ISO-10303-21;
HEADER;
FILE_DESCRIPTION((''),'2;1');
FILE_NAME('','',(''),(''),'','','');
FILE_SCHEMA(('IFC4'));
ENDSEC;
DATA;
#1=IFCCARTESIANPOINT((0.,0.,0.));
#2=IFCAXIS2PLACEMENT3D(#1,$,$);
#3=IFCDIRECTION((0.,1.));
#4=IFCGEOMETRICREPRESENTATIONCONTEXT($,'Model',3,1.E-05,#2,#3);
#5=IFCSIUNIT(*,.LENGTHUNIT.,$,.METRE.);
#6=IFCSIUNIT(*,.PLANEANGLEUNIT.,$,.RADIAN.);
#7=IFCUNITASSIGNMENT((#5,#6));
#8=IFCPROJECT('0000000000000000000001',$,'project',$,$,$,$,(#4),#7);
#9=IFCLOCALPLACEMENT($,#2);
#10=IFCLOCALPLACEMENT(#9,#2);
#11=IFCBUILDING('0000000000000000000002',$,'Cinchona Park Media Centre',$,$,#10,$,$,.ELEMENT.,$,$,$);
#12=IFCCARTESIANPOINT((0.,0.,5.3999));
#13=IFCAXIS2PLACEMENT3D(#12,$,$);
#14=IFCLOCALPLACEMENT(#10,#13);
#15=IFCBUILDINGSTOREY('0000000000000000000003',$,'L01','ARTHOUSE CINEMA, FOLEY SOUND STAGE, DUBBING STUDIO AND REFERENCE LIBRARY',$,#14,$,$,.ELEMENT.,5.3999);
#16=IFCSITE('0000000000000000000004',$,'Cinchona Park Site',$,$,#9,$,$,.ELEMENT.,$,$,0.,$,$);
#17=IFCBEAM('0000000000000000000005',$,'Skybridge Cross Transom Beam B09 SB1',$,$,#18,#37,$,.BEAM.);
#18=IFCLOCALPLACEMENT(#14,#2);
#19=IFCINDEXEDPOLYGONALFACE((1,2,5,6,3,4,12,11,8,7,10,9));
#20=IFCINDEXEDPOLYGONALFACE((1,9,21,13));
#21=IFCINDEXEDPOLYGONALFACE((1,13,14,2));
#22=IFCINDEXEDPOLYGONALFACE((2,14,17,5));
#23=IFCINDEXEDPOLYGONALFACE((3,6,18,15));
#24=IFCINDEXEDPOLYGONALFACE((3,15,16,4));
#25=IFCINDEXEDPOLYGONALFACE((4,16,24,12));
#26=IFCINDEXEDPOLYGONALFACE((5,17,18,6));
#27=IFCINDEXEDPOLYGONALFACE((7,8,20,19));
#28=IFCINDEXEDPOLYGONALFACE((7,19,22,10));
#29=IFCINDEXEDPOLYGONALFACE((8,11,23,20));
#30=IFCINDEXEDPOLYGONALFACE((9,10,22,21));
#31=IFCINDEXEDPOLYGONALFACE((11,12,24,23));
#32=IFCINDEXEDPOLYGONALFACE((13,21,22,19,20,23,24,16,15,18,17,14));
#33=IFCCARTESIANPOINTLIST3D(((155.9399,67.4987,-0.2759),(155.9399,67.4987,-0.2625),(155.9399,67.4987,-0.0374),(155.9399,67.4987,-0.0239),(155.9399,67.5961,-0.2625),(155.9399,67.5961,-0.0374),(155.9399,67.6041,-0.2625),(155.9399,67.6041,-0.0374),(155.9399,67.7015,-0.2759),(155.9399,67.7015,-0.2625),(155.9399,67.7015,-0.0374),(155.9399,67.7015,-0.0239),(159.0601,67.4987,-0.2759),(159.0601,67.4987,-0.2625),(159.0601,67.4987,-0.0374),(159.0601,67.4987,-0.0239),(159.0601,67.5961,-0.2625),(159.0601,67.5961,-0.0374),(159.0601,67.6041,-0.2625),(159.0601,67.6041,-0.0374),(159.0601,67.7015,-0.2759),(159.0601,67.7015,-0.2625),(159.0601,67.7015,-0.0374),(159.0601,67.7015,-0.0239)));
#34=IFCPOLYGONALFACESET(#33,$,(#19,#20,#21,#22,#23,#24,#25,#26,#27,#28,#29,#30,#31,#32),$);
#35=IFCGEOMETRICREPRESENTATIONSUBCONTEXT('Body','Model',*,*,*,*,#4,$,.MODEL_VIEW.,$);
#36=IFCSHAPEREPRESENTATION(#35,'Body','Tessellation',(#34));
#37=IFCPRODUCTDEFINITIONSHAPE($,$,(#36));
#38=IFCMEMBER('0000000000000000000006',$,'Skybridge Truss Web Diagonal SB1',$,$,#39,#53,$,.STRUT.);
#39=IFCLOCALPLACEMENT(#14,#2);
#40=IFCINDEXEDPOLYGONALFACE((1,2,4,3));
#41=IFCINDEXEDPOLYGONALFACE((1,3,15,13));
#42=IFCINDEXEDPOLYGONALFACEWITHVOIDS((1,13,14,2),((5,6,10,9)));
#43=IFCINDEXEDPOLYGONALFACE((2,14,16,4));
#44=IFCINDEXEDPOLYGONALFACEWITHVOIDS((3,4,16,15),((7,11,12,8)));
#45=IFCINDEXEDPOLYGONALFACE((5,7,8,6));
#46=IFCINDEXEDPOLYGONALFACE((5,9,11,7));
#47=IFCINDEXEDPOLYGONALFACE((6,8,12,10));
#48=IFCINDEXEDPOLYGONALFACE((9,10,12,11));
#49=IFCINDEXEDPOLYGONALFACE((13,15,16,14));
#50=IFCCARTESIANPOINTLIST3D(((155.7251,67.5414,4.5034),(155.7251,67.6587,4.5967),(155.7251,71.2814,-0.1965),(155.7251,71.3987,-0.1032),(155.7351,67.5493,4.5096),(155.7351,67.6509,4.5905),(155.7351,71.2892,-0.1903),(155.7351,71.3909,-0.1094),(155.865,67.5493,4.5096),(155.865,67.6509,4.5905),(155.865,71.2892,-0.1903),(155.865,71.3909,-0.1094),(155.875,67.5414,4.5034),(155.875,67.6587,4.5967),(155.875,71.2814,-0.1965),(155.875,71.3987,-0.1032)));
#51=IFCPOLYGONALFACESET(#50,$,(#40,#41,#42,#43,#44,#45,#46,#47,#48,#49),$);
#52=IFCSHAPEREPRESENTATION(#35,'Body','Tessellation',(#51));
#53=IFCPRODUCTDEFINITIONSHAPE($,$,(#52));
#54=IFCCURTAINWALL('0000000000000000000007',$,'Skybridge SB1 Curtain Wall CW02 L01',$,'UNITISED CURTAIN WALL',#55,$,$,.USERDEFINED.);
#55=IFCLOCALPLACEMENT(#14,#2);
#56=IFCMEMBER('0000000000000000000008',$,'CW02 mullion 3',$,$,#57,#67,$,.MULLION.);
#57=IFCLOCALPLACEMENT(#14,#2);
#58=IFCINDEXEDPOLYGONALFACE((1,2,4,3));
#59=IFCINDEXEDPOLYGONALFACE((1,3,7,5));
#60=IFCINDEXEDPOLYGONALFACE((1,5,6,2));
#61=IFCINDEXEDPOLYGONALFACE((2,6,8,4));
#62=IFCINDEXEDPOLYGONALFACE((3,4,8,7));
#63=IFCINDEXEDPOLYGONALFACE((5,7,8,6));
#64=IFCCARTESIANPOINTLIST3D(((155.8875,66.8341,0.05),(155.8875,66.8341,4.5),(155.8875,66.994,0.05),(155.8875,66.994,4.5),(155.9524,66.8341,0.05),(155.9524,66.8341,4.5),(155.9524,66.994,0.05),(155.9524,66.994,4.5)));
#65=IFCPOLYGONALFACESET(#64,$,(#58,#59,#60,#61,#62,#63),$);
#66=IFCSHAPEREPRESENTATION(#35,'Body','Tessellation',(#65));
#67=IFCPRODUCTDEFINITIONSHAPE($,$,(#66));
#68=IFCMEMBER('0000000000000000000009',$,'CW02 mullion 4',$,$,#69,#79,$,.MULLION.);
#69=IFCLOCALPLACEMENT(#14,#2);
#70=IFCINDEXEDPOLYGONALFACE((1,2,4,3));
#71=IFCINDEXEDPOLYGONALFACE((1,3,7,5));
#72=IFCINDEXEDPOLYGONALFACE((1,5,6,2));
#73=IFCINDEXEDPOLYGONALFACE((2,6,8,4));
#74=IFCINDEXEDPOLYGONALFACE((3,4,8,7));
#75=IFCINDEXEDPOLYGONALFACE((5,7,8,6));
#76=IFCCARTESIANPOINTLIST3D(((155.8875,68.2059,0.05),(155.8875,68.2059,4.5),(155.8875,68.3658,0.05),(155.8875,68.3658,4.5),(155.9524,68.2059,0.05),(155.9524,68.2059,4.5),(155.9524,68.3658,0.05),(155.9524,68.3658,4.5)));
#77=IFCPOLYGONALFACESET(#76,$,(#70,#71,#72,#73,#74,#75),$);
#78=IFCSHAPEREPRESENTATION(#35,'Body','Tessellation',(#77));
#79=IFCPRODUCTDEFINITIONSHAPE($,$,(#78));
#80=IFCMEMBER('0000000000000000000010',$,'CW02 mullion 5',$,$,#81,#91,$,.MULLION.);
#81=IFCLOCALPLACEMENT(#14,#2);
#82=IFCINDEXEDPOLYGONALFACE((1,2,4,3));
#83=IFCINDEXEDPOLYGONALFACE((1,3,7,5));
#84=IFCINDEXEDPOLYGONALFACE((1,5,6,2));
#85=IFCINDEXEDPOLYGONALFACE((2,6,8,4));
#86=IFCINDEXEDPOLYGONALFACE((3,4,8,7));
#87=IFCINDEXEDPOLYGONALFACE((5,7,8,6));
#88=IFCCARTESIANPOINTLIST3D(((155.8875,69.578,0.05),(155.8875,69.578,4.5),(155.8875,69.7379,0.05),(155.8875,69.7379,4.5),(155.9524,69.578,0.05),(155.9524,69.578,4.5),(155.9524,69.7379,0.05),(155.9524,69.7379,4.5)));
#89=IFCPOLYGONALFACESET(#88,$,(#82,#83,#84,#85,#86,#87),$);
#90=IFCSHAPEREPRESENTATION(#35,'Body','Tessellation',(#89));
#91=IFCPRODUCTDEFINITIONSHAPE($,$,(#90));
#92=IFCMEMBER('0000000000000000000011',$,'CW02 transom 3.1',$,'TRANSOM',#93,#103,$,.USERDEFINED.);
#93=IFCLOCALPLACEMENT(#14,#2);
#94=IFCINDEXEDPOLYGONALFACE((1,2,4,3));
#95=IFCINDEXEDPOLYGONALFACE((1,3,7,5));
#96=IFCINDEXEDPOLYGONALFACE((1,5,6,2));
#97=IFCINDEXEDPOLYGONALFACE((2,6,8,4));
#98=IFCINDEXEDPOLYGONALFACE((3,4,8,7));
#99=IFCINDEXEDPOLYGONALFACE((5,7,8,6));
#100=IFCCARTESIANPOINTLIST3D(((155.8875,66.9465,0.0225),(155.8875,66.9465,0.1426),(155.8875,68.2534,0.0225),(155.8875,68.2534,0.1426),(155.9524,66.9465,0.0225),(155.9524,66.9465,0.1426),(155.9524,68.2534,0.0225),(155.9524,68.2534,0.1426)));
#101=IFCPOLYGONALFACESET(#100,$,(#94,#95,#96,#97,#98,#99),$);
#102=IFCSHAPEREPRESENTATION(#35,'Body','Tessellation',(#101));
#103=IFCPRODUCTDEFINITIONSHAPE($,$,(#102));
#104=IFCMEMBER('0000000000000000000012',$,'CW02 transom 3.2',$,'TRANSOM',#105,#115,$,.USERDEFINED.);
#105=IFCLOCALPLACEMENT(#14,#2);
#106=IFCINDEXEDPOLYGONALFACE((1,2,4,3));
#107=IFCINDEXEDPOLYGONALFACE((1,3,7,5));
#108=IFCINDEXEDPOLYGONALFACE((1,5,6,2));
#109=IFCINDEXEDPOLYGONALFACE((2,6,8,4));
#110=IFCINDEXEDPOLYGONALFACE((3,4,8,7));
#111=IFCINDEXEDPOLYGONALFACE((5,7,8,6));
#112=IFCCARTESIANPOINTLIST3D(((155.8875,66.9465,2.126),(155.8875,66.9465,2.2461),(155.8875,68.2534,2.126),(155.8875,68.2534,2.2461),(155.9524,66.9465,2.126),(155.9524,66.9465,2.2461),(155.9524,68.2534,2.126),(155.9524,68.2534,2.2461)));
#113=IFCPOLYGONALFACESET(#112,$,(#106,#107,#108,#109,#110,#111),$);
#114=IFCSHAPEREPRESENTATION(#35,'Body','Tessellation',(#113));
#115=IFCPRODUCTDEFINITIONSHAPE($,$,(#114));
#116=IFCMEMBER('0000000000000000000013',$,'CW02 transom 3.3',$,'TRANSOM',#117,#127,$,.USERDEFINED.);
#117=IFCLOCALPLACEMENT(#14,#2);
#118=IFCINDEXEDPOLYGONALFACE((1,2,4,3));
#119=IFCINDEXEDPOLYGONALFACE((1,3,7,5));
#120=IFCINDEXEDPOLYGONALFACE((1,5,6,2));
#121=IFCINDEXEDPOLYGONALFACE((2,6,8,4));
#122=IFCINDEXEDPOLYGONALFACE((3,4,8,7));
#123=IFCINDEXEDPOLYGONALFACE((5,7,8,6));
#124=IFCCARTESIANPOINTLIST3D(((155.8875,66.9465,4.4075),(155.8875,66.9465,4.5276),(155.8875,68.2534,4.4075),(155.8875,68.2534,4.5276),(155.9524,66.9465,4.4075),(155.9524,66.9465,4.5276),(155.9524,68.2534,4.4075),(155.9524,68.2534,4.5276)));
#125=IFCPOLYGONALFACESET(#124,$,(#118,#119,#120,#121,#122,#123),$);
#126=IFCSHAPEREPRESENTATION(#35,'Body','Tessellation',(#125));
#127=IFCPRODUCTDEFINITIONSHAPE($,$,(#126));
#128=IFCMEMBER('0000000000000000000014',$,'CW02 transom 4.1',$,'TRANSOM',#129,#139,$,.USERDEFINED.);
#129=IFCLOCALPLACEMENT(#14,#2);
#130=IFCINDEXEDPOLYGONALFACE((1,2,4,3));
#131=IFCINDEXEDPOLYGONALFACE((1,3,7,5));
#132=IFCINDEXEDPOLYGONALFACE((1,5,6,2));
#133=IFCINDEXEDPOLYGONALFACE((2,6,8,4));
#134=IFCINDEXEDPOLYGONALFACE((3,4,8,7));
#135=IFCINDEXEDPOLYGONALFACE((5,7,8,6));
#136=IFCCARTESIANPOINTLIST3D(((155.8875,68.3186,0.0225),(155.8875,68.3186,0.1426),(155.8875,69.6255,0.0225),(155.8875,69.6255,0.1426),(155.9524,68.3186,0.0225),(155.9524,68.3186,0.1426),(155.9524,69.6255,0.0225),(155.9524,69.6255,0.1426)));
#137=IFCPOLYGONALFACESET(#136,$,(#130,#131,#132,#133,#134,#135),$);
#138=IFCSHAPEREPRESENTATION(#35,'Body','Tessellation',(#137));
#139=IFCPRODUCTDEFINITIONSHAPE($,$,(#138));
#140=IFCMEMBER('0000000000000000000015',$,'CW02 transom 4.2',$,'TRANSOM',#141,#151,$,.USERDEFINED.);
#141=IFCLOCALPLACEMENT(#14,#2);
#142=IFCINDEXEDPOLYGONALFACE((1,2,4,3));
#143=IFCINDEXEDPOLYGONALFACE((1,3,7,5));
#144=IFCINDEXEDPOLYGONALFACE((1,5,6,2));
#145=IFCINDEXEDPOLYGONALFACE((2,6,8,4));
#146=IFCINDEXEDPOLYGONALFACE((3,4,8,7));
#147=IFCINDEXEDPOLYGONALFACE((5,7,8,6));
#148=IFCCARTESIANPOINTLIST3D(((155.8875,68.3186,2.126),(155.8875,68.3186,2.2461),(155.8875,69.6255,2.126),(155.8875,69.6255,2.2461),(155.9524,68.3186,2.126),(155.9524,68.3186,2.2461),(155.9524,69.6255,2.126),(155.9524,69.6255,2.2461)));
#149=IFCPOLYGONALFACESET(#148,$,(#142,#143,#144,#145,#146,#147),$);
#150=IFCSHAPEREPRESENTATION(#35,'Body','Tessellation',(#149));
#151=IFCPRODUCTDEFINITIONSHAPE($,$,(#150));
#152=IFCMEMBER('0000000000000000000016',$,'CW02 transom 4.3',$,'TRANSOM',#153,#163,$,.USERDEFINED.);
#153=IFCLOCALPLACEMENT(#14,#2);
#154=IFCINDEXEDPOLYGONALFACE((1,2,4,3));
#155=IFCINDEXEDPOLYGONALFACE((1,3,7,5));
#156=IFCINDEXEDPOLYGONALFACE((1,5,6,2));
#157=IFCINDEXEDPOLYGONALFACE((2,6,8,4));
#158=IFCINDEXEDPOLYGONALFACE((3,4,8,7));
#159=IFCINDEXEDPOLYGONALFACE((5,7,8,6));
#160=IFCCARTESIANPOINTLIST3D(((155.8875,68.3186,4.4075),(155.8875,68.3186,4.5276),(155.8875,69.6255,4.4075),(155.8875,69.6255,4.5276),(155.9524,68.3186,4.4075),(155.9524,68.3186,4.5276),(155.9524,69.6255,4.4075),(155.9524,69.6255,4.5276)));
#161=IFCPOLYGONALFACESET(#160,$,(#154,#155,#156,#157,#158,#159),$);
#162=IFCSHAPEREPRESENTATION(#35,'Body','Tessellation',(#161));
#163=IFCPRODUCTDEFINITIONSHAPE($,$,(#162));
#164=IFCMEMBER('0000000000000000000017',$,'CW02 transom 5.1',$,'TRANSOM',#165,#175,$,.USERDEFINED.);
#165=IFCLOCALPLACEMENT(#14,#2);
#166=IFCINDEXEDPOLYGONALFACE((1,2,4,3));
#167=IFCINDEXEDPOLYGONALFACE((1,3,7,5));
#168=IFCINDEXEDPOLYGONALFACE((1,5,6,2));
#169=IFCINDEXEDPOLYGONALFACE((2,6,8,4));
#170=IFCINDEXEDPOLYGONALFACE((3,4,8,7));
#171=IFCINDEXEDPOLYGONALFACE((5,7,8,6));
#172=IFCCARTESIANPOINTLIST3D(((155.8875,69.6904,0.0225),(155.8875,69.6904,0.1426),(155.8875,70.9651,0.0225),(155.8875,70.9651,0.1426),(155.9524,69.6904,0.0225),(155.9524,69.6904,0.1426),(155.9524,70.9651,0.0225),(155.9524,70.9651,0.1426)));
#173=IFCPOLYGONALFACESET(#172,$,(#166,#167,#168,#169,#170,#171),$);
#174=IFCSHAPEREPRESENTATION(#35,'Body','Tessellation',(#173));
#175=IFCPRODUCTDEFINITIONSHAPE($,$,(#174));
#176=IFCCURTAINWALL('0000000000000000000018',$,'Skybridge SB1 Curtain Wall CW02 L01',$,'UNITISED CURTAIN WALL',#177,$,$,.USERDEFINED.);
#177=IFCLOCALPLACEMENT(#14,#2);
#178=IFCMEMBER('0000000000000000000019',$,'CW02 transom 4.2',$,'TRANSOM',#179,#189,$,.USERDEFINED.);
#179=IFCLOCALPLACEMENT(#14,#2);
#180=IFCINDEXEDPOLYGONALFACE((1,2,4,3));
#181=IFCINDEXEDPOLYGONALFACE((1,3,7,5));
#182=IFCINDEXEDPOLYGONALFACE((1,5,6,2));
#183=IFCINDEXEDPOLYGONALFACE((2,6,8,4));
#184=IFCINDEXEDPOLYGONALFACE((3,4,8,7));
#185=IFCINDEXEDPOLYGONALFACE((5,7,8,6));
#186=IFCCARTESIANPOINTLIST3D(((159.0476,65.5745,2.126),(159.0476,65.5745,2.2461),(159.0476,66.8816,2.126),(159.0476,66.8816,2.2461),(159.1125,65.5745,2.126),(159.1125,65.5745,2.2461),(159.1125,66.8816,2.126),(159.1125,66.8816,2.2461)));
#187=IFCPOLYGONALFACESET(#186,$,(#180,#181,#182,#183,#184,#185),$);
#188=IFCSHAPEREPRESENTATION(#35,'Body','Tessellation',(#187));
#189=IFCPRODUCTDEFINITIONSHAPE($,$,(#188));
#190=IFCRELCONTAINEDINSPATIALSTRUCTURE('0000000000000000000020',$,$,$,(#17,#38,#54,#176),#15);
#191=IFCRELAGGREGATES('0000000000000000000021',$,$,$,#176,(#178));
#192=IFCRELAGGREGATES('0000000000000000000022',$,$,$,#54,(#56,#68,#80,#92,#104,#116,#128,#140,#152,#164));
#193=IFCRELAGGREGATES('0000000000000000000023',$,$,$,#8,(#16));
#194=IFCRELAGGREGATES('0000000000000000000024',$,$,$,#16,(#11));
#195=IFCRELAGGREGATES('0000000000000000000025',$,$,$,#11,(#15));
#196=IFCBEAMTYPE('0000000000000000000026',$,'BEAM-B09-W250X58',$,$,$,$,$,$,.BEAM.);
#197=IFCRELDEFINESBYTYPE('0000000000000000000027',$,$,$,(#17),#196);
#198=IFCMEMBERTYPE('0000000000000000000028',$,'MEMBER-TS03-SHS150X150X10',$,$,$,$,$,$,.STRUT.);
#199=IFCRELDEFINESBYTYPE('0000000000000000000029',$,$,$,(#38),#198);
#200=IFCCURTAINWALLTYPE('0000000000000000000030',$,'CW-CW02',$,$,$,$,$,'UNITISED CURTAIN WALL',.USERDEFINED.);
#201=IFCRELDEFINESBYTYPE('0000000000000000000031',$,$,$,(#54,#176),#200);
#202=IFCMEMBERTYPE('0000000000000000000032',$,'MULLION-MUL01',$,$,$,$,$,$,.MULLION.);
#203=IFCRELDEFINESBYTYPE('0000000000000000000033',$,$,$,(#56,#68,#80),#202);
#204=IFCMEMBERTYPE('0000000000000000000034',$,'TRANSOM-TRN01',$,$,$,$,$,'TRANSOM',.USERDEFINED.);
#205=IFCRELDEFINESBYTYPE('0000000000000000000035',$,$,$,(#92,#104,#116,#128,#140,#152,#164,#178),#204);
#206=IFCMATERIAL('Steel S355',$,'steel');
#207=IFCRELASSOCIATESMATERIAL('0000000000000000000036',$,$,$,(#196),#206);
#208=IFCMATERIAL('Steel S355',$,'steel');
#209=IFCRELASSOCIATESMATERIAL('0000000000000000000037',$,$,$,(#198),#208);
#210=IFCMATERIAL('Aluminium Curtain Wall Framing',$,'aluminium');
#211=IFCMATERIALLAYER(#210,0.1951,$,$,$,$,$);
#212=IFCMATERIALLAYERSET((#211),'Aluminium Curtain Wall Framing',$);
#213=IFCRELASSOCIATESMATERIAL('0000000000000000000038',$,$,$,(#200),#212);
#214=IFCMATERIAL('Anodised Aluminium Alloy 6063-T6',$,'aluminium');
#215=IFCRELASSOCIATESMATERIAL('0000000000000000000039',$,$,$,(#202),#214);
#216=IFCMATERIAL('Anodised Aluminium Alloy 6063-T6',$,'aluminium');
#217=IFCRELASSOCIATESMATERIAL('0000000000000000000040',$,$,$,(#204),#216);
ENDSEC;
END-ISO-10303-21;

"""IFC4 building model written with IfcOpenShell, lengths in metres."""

from ifc_helpers import new_model, si_unit, direction, frame, origin, origin_2d, place, context, subcontext, project, spatial, rectangle, hollow_rectangle, i_section, extrude, material, layer, layer_set, material_profile, profile_set, type_object, element, aggregate, save


model = new_model("IFC4")

# Units and contexts
model_context = context("Model", 3, precision=1e-05, world=origin(), true_north=direction((0.0, 1.0)))
body_context = subcontext(model_context, "Body", "Model", "MODEL_VIEW")
ifc_project = project(units=[si_unit("LENGTHUNIT", "METRE"), si_unit("PLANEANGLEUNIT", "RADIAN")], contexts=[model_context])

# Site, building, storey
site_placement = place(None, origin())
site = spatial("IfcSite", under=ifc_project, at=site_placement, Name="Cinchona Park Site", CompositionType="ELEMENT", RefElevation=0.0)
building_placement = place(site_placement, origin())
building = spatial("IfcBuilding", under=site, at=building_placement, Name="Cinchona Park Media Centre", CompositionType="ELEMENT")
storey_placement = place(building_placement, frame((0.0, 0.0, 5.3999)))
storey = spatial("IfcBuildingStorey", under=building, at=storey_placement, Name="L01", Description="ARTHOUSE CINEMA, FOLEY SOUND STAGE, DUBBING STUDIO AND REFERENCE LIBRARY", CompositionType="ELEMENT", Elevation=5.3999)

# Beam
ifc_material_1 = material(Name="Steel S355", Category="steel")
ifc_material_profile_1 = material_profile(ifc_material_1, i_section(OverallWidth=0.2029, OverallDepth=0.252, WebThickness=0.0081, FlangeThickness=0.0134, at=origin_2d()), Name="W250X58")
ifc_profile_set_1 = profile_set([ifc_material_profile_1], Name="Steel S355")
beam_type = type_object("IfcBeamType", Name="BEAM-B09-W250X58", PredefinedType="BEAM", material=ifc_profile_set_1)
beam_placement = place(storey_placement, frame((155.9399, 67.6001, -0.1499), z_axis=(1.0, 0.0, 0.0), x_axis=(0.0, 1.0, 0.0)))
element("IfcBeam", 1, at=beam_placement, inside=storey, type_object=beam_type, Name="Skybridge Cross Transom Beam B09 SB1", PredefinedType="BEAM", context=body_context, shape_type="SweptSolid", body=[
    extrude(i_section(OverallWidth=0.2029, OverallDepth=0.252, WebThickness=0.0081, FlangeThickness=0.0134, at=origin_2d()), origin(), (0.0, 0.0, 1.0), 3.1201),
])

# Member
ifc_material_2 = material(Name="Steel S355", Category="steel")
ifc_material_profile_2 = material_profile(ifc_material_2, hollow_rectangle(XDim=0.1499, YDim=0.1499, WallThickness=0.01, at=origin_2d()), Name="150X150X10SHS")
ifc_profile_set_2 = profile_set([ifc_material_profile_2], Name="Steel S355")
member_type_1 = type_object("IfcMemberType", Name="MEMBER-TS03-SHS150X150X10", PredefinedType="STRUT", material=ifc_profile_set_2)
member_1_placement = place(storey_placement, frame((155.8, 67.6001, 4.55), z_axis=(0.0, 0.622666, -0.782488), x_axis=(-1.0, 0.0, 0.0)))
element("IfcMember", 2, at=member_1_placement, inside=storey, type_object=member_type_1, Name="Skybridge Truss Web Diagonal SB1", PredefinedType="STRUT", context=body_context, shape_type="SweptSolid", body=[
    extrude(hollow_rectangle(XDim=0.1499, YDim=0.1499, WallThickness=0.01, at=origin_2d()), origin(), (0.0, 0.0, 1.0), 6.0063),
])

# Curtain walls, members
ifc_material_3 = material(Name="Aluminium Curtain Wall Framing", Category="aluminium")
ifc_layer_1 = layer(ifc_material_3, 0.1951)
ifc_layer_set_1 = layer_set([ifc_layer_1], Name="Aluminium Curtain Wall Framing")
curtain_wall_type = type_object("IfcCurtainWallType", Name="CW-CW02", ElementType="UNITISED CURTAIN WALL", PredefinedType="USERDEFINED", material=ifc_layer_set_1)
curtain_wall_1_placement = place(storey_placement, origin())
curtain_wall_1 = element("IfcCurtainWall", 3, at=curtain_wall_1_placement, inside=storey, type_object=curtain_wall_type, Name="Skybridge SB1 Curtain Wall CW02 L01", ObjectType="UNITISED CURTAIN WALL", PredefinedType="USERDEFINED")
ifc_material_4 = material(Name="Anodised Aluminium Alloy 6063-T6", Category="aluminium")
ifc_material_profile_3 = material_profile(ifc_material_4, rectangle(XDim=0.0649, YDim=0.1599, at=origin_2d()), Name="MUL-65X160")
ifc_profile_set_3 = profile_set([ifc_material_profile_3], Name="Anodised Aluminium Alloy 6063-T6")
member_type_2 = type_object("IfcMemberType", Name="MULLION-MUL01", PredefinedType="MULLION", material=ifc_profile_set_3)
member_2_placement = place(storey_placement, frame((155.9199, 66.9141, 0.05), z_axis=(0.0, 0.0, 1.0), x_axis=(-1.0, 0.0, 0.0)))
member_2 = element("IfcMember", 4, at=member_2_placement, type_object=member_type_2, Name="CW02 mullion 3", PredefinedType="MULLION", context=body_context, shape_type="SweptSolid", body=[
    extrude(rectangle(XDim=0.0649, YDim=0.1599, at=origin_2d()), origin(), (0.0, 0.0, 1.0), 4.45),
])
member_3_placement = place(storey_placement, frame((155.9199, 68.2859, 0.05), z_axis=(0.0, 0.0, 1.0), x_axis=(-1.0, 0.0, 0.0)))
member_3 = element("IfcMember", 5, at=member_3_placement, type_object=member_type_2, Name="CW02 mullion 4", PredefinedType="MULLION", context=body_context, shape_type="SweptSolid", body=[
    extrude(rectangle(XDim=0.0649, YDim=0.1599, at=origin_2d()), origin(), (0.0, 0.0, 1.0), 4.45),
])
member_4_placement = place(storey_placement, frame((155.9199, 69.658, 0.05), z_axis=(0.0, 0.0, 1.0), x_axis=(-1.0, 0.0, 0.0)))
member_4 = element("IfcMember", 6, at=member_4_placement, type_object=member_type_2, Name="CW02 mullion 5", PredefinedType="MULLION", context=body_context, shape_type="SweptSolid", body=[
    extrude(rectangle(XDim=0.0649, YDim=0.1599, at=origin_2d()), origin(), (0.0, 0.0, 1.0), 4.45),
])
ifc_material_5 = material(Name="Anodised Aluminium Alloy 6063-T6", Category="aluminium")
ifc_material_profile_4 = material_profile(ifc_material_5, rectangle(XDim=0.0649, YDim=0.1201, at=origin_2d()), Name="TRN-65X120")
ifc_profile_set_4 = profile_set([ifc_material_profile_4], Name="Anodised Aluminium Alloy 6063-T6")
member_type_3 = type_object("IfcMemberType", Name="TRANSOM-TRN01", ElementType="TRANSOM", PredefinedType="USERDEFINED", material=ifc_profile_set_4)
member_5_placement = place(storey_placement, frame((155.9199, 66.9465, 0.0825), z_axis=(0.0, 1.0, 0.0), x_axis=(-1.0, 0.0, 0.0)))
member_5 = element("IfcMember", 7, at=member_5_placement, type_object=member_type_3, Name="CW02 transom 3.1", ObjectType="TRANSOM", PredefinedType="USERDEFINED", context=body_context, shape_type="SweptSolid", body=[
    extrude(rectangle(XDim=0.0649, YDim=0.1201, at=origin_2d()), origin(), (0.0, 0.0, 1.0), 1.3069),
])
member_6_placement = place(storey_placement, frame((155.9199, 66.9465, 2.186), z_axis=(0.0, 1.0, 0.0), x_axis=(-1.0, 0.0, 0.0)))
member_6 = element("IfcMember", 8, at=member_6_placement, type_object=member_type_3, Name="CW02 transom 3.2", ObjectType="TRANSOM", PredefinedType="USERDEFINED", context=body_context, shape_type="SweptSolid", body=[
    extrude(rectangle(XDim=0.0649, YDim=0.1201, at=origin_2d()), origin(), (0.0, 0.0, 1.0), 1.3069),
])
member_7_placement = place(storey_placement, frame((155.9199, 66.9465, 4.4675), z_axis=(0.0, 1.0, 0.0), x_axis=(-1.0, 0.0, 0.0)))
member_7 = element("IfcMember", 9, at=member_7_placement, type_object=member_type_3, Name="CW02 transom 3.3", ObjectType="TRANSOM", PredefinedType="USERDEFINED", context=body_context, shape_type="SweptSolid", body=[
    extrude(rectangle(XDim=0.0649, YDim=0.1201, at=origin_2d()), origin(), (0.0, 0.0, 1.0), 1.3069),
])
member_8_placement = place(storey_placement, frame((155.9199, 68.3186, 0.0825), z_axis=(0.0, 1.0, 0.0), x_axis=(-1.0, 0.0, 0.0)))
member_8 = element("IfcMember", 10, at=member_8_placement, type_object=member_type_3, Name="CW02 transom 4.1", ObjectType="TRANSOM", PredefinedType="USERDEFINED", context=body_context, shape_type="SweptSolid", body=[
    extrude(rectangle(XDim=0.0649, YDim=0.1201, at=origin_2d()), origin(), (0.0, 0.0, 1.0), 1.3069),
])
member_9_placement = place(storey_placement, frame((155.9199, 68.3186, 2.186), z_axis=(0.0, 1.0, 0.0), x_axis=(-1.0, 0.0, 0.0)))
member_9 = element("IfcMember", 11, at=member_9_placement, type_object=member_type_3, Name="CW02 transom 4.2", ObjectType="TRANSOM", PredefinedType="USERDEFINED", context=body_context, shape_type="SweptSolid", body=[
    extrude(rectangle(XDim=0.0649, YDim=0.1201, at=origin_2d()), origin(), (0.0, 0.0, 1.0), 1.3069),
])
member_10_placement = place(storey_placement, frame((155.9199, 68.3186, 4.4675), z_axis=(0.0, 1.0, 0.0), x_axis=(-1.0, 0.0, 0.0)))
member_10 = element("IfcMember", 12, at=member_10_placement, type_object=member_type_3, Name="CW02 transom 4.3", ObjectType="TRANSOM", PredefinedType="USERDEFINED", context=body_context, shape_type="SweptSolid", body=[
    extrude(rectangle(XDim=0.0649, YDim=0.1201, at=origin_2d()), origin(), (0.0, 0.0, 1.0), 1.3069),
])
member_11_placement = place(storey_placement, frame((155.9199, 69.6904, 0.0825), z_axis=(0.0, 1.0, 0.0), x_axis=(-1.0, 0.0, 0.0)))
member_11 = element("IfcMember", 13, at=member_11_placement, type_object=member_type_3, Name="CW02 transom 5.1", ObjectType="TRANSOM", PredefinedType="USERDEFINED", context=body_context, shape_type="SweptSolid", body=[
    extrude(rectangle(XDim=0.0649, YDim=0.1201, at=origin_2d()), origin(), (0.0, 0.0, 1.0), 1.2747),
])
curtain_wall_2_placement = place(storey_placement, origin())
curtain_wall_2 = element("IfcCurtainWall", 14, at=curtain_wall_2_placement, inside=storey, type_object=curtain_wall_type, Name="Skybridge SB1 Curtain Wall CW02 L01", ObjectType="UNITISED CURTAIN WALL", PredefinedType="USERDEFINED")
member_12_placement = place(storey_placement, frame((159.0801, 66.8816, 2.186), z_axis=(0.0, -1.0, 0.0), x_axis=(1.0, 0.0, 0.0)))
member_12 = element("IfcMember", 15, at=member_12_placement, type_object=member_type_3, Name="CW02 transom 4.2", ObjectType="TRANSOM", PredefinedType="USERDEFINED", context=body_context, shape_type="SweptSolid", body=[
    extrude(rectangle(XDim=0.0649, YDim=0.1201, at=origin_2d()), origin(), (0.0, 0.0, 1.0), 1.3071),
])
aggregate(curtain_wall_2, [member_12])

aggregate(curtain_wall_1, [member_2, member_3, member_4, member_5, member_6, member_7, member_8, member_9, member_10, member_11])

save(model, "model.ifc")
